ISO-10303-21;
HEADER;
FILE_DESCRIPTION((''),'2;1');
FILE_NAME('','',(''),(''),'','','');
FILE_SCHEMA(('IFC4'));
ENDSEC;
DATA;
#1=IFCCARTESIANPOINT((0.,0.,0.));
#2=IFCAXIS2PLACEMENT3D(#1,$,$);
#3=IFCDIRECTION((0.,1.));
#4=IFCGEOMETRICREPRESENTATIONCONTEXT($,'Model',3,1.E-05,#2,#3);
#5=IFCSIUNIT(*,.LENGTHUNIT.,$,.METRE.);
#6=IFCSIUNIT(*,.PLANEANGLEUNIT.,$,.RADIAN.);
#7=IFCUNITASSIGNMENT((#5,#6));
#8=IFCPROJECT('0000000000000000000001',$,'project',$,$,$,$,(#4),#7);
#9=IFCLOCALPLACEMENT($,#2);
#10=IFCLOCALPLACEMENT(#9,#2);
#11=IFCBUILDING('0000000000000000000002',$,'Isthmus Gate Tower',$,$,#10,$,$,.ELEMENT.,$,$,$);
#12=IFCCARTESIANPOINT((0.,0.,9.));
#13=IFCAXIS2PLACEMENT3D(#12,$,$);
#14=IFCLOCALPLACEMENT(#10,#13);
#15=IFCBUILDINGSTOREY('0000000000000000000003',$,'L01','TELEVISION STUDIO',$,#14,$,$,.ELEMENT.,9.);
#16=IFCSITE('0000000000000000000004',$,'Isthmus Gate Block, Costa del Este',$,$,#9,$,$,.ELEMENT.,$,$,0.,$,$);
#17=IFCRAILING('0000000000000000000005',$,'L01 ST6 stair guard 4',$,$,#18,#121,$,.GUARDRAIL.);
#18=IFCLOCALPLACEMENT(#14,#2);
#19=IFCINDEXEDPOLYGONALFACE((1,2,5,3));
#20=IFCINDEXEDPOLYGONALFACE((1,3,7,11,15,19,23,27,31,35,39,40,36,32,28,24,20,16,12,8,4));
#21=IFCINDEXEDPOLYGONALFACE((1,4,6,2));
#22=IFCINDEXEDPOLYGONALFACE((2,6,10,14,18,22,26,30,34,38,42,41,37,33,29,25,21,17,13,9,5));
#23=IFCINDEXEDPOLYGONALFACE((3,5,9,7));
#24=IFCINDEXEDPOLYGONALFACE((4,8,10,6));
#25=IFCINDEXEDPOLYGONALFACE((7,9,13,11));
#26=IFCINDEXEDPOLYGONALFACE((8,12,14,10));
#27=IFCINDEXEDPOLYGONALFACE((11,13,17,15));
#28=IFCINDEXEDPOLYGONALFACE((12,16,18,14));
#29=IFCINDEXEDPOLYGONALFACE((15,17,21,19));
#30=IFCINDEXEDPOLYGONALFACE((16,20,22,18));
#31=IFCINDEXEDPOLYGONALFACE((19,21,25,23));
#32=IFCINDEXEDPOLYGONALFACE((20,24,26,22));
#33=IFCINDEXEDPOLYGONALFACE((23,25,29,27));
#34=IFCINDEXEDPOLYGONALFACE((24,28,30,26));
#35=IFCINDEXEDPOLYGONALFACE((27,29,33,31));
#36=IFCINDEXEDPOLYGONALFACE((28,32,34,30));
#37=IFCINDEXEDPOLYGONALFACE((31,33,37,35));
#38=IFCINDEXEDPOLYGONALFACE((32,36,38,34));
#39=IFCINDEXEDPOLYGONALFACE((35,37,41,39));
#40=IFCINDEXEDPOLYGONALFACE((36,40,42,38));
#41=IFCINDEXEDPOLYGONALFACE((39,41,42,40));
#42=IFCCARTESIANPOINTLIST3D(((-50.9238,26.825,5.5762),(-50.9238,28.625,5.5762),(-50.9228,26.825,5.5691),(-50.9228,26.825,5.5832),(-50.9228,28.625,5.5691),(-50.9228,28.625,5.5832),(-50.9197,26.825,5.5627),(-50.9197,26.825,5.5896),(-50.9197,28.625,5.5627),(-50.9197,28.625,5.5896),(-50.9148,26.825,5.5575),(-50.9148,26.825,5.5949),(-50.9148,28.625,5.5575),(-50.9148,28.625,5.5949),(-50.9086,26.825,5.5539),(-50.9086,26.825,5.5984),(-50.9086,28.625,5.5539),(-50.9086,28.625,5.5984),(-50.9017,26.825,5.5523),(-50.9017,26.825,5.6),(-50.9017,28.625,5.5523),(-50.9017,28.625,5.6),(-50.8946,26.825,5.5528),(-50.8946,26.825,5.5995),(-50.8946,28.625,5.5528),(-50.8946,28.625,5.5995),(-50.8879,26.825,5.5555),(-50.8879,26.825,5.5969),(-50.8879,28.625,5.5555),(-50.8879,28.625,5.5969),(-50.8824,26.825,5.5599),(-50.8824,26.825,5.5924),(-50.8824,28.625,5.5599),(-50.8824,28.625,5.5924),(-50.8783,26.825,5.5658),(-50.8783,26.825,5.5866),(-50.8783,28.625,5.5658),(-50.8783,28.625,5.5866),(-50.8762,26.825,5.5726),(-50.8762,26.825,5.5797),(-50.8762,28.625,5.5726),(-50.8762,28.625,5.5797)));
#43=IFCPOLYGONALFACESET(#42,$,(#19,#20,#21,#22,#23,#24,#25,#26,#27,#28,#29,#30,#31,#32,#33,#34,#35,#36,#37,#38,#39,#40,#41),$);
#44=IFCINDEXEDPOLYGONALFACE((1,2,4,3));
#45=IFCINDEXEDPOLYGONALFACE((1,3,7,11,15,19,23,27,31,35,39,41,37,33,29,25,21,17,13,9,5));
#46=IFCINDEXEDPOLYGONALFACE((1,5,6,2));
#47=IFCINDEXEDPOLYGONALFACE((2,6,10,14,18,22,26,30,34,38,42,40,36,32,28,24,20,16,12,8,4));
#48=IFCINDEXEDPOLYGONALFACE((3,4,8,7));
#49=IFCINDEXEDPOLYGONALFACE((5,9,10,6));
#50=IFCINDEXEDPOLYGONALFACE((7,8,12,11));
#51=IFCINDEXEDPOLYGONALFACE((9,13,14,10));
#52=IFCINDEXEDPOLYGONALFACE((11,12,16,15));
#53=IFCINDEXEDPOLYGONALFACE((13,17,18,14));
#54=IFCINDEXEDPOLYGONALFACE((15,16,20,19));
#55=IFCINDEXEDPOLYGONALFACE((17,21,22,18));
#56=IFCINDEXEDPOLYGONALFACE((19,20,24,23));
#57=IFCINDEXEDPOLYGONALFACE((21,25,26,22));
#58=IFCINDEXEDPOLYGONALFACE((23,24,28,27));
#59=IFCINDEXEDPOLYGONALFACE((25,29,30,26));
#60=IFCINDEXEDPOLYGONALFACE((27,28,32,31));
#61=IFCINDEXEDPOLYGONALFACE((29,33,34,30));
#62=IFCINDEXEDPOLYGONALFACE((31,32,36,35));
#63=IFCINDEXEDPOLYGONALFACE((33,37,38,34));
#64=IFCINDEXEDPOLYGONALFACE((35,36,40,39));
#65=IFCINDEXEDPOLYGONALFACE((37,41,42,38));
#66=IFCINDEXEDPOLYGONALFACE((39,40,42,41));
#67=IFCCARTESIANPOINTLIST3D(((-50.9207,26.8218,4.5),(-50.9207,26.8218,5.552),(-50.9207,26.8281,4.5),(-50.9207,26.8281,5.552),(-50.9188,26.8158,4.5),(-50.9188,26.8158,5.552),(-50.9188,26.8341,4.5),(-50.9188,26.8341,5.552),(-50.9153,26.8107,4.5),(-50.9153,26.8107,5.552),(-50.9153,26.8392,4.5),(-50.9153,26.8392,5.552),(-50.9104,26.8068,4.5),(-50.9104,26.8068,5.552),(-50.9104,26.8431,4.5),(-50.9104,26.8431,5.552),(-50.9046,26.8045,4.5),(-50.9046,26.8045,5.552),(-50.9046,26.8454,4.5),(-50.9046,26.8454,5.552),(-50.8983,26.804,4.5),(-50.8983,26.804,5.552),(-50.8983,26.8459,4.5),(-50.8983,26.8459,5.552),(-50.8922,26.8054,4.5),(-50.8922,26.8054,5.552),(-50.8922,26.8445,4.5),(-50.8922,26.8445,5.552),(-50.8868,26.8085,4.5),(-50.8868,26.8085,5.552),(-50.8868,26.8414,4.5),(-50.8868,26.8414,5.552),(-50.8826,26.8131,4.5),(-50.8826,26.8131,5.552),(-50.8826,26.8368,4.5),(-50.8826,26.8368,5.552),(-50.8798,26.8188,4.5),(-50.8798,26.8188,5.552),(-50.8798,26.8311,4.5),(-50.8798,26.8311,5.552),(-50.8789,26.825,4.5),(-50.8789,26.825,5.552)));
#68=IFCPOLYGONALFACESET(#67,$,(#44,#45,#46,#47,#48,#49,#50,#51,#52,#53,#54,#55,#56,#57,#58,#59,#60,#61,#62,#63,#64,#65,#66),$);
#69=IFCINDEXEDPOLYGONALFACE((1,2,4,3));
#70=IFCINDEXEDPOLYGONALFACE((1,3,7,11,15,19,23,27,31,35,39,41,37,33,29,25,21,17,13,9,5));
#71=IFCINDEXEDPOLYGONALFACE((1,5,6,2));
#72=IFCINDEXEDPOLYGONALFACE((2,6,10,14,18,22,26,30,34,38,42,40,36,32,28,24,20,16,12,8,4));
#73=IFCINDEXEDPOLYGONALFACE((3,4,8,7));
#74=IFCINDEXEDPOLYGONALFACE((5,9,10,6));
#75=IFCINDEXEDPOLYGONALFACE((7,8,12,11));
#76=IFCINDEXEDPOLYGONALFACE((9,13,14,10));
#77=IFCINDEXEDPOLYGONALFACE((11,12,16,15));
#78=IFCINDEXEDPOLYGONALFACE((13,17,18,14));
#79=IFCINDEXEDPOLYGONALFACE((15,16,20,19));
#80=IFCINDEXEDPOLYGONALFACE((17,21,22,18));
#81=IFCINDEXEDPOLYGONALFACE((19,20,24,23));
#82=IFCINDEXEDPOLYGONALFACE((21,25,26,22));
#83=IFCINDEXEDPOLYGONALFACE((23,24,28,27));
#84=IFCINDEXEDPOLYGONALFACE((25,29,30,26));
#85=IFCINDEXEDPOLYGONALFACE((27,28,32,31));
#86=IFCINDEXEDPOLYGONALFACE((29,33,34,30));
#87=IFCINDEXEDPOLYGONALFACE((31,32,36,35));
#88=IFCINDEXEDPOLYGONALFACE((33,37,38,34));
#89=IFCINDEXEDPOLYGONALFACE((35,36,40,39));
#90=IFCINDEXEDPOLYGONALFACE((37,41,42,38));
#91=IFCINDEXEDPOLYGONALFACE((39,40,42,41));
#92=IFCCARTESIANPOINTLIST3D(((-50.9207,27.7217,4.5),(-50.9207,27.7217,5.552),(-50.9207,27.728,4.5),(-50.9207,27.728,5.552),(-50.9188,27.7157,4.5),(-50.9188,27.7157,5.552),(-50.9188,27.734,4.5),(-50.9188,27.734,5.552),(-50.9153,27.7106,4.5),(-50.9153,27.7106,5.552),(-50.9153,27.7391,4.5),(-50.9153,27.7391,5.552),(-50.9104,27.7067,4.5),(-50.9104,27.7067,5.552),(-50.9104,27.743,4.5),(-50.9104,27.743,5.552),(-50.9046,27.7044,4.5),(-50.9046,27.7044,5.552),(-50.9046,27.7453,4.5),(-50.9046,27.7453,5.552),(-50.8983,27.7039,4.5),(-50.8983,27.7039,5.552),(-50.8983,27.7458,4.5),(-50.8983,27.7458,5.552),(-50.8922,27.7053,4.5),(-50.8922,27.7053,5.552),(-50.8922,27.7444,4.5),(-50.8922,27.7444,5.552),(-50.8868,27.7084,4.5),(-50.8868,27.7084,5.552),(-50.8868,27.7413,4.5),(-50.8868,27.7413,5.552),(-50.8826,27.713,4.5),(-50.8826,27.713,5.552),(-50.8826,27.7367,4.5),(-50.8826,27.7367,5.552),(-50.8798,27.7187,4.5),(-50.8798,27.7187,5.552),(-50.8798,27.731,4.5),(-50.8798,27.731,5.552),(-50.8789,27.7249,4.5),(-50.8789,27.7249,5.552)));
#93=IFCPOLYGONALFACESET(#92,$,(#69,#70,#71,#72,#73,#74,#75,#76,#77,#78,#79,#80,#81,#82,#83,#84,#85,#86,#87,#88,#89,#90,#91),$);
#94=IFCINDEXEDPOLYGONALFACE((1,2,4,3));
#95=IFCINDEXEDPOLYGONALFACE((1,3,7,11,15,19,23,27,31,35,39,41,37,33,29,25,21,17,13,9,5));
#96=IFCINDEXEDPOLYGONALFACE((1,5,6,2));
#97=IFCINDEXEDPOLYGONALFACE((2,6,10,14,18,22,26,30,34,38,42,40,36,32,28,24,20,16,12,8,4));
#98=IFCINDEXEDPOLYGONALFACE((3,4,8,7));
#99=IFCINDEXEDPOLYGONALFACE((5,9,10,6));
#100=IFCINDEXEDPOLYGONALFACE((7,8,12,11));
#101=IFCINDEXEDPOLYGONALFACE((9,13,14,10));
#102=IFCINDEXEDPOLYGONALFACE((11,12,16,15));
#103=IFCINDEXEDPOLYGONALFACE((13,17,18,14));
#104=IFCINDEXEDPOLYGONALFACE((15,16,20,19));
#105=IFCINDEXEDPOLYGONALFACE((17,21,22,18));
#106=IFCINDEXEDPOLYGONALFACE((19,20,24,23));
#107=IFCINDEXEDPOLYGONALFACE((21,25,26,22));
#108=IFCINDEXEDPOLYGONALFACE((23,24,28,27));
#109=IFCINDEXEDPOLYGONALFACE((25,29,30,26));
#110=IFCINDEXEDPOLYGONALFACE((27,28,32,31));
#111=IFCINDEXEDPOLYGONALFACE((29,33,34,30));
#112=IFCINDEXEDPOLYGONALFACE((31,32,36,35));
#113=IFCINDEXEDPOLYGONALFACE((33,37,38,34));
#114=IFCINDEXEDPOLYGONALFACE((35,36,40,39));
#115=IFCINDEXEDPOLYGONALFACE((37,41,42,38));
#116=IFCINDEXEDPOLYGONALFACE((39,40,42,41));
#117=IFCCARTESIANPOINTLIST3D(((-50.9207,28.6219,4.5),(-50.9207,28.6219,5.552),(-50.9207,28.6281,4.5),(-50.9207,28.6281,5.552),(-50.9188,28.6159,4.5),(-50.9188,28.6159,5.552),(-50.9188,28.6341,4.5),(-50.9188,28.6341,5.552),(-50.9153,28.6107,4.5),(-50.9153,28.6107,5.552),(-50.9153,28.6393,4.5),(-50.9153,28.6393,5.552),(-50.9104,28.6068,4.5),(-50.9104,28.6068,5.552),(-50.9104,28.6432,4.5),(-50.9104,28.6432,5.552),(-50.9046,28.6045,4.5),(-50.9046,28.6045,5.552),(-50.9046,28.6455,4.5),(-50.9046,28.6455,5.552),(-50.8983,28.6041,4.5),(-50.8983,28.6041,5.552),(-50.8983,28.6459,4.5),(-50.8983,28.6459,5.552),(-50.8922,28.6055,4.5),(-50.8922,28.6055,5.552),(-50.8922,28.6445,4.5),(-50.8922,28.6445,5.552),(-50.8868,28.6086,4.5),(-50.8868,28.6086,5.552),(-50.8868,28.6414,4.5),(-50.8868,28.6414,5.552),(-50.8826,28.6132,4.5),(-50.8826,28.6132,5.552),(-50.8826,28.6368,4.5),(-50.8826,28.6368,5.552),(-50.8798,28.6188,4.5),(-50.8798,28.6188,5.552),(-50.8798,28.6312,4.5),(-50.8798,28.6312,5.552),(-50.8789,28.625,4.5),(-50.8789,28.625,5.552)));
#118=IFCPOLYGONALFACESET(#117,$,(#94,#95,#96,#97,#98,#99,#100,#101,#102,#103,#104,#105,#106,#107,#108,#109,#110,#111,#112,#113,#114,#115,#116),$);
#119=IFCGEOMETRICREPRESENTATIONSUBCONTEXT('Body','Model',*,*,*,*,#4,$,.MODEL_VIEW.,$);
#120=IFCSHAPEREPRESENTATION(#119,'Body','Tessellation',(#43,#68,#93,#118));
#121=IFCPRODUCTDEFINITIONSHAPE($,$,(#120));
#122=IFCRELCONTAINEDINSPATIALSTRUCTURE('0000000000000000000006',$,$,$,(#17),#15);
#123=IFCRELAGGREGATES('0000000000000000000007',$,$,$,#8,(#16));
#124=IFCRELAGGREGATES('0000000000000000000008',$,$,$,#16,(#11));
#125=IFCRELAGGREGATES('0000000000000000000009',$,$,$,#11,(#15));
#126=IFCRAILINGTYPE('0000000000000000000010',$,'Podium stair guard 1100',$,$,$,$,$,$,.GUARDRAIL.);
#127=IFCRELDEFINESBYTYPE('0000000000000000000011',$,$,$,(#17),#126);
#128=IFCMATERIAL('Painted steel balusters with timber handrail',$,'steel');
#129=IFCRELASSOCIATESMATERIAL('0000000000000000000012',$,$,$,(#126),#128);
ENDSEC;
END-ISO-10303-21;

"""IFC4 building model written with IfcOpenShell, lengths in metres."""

from ifc_helpers import new_model, si_unit, direction, frame, origin, origin_2d, place, context, subcontext, project, spatial, circle, extrude, material, type_object, element, save


model = new_model("IFC4")

# Units and contexts
model_context = context("Model", 3, precision=1e-05, world=origin(), true_north=direction((0.0, 1.0)))
body_context = subcontext(model_context, "Body", "Model", "MODEL_VIEW")
ifc_project = project(units=[si_unit("LENGTHUNIT", "METRE"), si_unit("PLANEANGLEUNIT", "RADIAN")], contexts=[model_context])

# Site, building, storey
site_placement = place(None, origin())
site = spatial("IfcSite", under=ifc_project, at=site_placement, Name="Isthmus Gate Block, Costa del Este", CompositionType="ELEMENT", RefElevation=0.0)
building_placement = place(site_placement, origin())
building = spatial("IfcBuilding", under=site, at=building_placement, Name="Isthmus Gate Tower", CompositionType="ELEMENT")
storey_placement = place(building_placement, frame((0.0, 0.0, 9.0)))
storey = spatial("IfcBuildingStorey", under=building, at=storey_placement, Name="L01", Description="TELEVISION STUDIO", CompositionType="ELEMENT", Elevation=9.0)

# Railing
ifc_material_1 = material(Name="Painted steel balusters with timber handrail", Category="steel")
railing_type_1 = type_object("IfcRailingType", Name="Podium stair guard 1100", PredefinedType="GUARDRAIL", material=ifc_material_1)
railing_1_placement = place(storey_placement, frame((-50.8999, 26.825, 4.5)))
element("IfcRailing", 1, at=railing_1_placement, inside=storey, type_object=railing_type_1, Name="L01 ST6 stair guard 4", PredefinedType="GUARDRAIL", context=body_context, shape_type="SweptSolid", body=[
    extrude(circle(Radius=0.0239, at=origin_2d()), frame((0.0, 0.0, 1.0762), z_axis=(0.0, 1.0, 0.0), x_axis=(-1.0, 0.0, 0.0)), (0.0, 0.0, 1.0), 1.8),
    extrude(circle(Radius=0.021, at=origin_2d()), origin(), (0.0, 0.0, 1.0), 1.052),
    extrude(circle(Radius=0.021, at=origin_2d()), frame((0.0, 0.8999, 0.0)), (0.0, 0.0, 1.0), 1.052),
    extrude(circle(Radius=0.021, at=origin_2d()), frame((0.0, 1.8, 0.0)), (0.0, 0.0, 1.0), 1.052),
])

save(model, "model.ifc")
